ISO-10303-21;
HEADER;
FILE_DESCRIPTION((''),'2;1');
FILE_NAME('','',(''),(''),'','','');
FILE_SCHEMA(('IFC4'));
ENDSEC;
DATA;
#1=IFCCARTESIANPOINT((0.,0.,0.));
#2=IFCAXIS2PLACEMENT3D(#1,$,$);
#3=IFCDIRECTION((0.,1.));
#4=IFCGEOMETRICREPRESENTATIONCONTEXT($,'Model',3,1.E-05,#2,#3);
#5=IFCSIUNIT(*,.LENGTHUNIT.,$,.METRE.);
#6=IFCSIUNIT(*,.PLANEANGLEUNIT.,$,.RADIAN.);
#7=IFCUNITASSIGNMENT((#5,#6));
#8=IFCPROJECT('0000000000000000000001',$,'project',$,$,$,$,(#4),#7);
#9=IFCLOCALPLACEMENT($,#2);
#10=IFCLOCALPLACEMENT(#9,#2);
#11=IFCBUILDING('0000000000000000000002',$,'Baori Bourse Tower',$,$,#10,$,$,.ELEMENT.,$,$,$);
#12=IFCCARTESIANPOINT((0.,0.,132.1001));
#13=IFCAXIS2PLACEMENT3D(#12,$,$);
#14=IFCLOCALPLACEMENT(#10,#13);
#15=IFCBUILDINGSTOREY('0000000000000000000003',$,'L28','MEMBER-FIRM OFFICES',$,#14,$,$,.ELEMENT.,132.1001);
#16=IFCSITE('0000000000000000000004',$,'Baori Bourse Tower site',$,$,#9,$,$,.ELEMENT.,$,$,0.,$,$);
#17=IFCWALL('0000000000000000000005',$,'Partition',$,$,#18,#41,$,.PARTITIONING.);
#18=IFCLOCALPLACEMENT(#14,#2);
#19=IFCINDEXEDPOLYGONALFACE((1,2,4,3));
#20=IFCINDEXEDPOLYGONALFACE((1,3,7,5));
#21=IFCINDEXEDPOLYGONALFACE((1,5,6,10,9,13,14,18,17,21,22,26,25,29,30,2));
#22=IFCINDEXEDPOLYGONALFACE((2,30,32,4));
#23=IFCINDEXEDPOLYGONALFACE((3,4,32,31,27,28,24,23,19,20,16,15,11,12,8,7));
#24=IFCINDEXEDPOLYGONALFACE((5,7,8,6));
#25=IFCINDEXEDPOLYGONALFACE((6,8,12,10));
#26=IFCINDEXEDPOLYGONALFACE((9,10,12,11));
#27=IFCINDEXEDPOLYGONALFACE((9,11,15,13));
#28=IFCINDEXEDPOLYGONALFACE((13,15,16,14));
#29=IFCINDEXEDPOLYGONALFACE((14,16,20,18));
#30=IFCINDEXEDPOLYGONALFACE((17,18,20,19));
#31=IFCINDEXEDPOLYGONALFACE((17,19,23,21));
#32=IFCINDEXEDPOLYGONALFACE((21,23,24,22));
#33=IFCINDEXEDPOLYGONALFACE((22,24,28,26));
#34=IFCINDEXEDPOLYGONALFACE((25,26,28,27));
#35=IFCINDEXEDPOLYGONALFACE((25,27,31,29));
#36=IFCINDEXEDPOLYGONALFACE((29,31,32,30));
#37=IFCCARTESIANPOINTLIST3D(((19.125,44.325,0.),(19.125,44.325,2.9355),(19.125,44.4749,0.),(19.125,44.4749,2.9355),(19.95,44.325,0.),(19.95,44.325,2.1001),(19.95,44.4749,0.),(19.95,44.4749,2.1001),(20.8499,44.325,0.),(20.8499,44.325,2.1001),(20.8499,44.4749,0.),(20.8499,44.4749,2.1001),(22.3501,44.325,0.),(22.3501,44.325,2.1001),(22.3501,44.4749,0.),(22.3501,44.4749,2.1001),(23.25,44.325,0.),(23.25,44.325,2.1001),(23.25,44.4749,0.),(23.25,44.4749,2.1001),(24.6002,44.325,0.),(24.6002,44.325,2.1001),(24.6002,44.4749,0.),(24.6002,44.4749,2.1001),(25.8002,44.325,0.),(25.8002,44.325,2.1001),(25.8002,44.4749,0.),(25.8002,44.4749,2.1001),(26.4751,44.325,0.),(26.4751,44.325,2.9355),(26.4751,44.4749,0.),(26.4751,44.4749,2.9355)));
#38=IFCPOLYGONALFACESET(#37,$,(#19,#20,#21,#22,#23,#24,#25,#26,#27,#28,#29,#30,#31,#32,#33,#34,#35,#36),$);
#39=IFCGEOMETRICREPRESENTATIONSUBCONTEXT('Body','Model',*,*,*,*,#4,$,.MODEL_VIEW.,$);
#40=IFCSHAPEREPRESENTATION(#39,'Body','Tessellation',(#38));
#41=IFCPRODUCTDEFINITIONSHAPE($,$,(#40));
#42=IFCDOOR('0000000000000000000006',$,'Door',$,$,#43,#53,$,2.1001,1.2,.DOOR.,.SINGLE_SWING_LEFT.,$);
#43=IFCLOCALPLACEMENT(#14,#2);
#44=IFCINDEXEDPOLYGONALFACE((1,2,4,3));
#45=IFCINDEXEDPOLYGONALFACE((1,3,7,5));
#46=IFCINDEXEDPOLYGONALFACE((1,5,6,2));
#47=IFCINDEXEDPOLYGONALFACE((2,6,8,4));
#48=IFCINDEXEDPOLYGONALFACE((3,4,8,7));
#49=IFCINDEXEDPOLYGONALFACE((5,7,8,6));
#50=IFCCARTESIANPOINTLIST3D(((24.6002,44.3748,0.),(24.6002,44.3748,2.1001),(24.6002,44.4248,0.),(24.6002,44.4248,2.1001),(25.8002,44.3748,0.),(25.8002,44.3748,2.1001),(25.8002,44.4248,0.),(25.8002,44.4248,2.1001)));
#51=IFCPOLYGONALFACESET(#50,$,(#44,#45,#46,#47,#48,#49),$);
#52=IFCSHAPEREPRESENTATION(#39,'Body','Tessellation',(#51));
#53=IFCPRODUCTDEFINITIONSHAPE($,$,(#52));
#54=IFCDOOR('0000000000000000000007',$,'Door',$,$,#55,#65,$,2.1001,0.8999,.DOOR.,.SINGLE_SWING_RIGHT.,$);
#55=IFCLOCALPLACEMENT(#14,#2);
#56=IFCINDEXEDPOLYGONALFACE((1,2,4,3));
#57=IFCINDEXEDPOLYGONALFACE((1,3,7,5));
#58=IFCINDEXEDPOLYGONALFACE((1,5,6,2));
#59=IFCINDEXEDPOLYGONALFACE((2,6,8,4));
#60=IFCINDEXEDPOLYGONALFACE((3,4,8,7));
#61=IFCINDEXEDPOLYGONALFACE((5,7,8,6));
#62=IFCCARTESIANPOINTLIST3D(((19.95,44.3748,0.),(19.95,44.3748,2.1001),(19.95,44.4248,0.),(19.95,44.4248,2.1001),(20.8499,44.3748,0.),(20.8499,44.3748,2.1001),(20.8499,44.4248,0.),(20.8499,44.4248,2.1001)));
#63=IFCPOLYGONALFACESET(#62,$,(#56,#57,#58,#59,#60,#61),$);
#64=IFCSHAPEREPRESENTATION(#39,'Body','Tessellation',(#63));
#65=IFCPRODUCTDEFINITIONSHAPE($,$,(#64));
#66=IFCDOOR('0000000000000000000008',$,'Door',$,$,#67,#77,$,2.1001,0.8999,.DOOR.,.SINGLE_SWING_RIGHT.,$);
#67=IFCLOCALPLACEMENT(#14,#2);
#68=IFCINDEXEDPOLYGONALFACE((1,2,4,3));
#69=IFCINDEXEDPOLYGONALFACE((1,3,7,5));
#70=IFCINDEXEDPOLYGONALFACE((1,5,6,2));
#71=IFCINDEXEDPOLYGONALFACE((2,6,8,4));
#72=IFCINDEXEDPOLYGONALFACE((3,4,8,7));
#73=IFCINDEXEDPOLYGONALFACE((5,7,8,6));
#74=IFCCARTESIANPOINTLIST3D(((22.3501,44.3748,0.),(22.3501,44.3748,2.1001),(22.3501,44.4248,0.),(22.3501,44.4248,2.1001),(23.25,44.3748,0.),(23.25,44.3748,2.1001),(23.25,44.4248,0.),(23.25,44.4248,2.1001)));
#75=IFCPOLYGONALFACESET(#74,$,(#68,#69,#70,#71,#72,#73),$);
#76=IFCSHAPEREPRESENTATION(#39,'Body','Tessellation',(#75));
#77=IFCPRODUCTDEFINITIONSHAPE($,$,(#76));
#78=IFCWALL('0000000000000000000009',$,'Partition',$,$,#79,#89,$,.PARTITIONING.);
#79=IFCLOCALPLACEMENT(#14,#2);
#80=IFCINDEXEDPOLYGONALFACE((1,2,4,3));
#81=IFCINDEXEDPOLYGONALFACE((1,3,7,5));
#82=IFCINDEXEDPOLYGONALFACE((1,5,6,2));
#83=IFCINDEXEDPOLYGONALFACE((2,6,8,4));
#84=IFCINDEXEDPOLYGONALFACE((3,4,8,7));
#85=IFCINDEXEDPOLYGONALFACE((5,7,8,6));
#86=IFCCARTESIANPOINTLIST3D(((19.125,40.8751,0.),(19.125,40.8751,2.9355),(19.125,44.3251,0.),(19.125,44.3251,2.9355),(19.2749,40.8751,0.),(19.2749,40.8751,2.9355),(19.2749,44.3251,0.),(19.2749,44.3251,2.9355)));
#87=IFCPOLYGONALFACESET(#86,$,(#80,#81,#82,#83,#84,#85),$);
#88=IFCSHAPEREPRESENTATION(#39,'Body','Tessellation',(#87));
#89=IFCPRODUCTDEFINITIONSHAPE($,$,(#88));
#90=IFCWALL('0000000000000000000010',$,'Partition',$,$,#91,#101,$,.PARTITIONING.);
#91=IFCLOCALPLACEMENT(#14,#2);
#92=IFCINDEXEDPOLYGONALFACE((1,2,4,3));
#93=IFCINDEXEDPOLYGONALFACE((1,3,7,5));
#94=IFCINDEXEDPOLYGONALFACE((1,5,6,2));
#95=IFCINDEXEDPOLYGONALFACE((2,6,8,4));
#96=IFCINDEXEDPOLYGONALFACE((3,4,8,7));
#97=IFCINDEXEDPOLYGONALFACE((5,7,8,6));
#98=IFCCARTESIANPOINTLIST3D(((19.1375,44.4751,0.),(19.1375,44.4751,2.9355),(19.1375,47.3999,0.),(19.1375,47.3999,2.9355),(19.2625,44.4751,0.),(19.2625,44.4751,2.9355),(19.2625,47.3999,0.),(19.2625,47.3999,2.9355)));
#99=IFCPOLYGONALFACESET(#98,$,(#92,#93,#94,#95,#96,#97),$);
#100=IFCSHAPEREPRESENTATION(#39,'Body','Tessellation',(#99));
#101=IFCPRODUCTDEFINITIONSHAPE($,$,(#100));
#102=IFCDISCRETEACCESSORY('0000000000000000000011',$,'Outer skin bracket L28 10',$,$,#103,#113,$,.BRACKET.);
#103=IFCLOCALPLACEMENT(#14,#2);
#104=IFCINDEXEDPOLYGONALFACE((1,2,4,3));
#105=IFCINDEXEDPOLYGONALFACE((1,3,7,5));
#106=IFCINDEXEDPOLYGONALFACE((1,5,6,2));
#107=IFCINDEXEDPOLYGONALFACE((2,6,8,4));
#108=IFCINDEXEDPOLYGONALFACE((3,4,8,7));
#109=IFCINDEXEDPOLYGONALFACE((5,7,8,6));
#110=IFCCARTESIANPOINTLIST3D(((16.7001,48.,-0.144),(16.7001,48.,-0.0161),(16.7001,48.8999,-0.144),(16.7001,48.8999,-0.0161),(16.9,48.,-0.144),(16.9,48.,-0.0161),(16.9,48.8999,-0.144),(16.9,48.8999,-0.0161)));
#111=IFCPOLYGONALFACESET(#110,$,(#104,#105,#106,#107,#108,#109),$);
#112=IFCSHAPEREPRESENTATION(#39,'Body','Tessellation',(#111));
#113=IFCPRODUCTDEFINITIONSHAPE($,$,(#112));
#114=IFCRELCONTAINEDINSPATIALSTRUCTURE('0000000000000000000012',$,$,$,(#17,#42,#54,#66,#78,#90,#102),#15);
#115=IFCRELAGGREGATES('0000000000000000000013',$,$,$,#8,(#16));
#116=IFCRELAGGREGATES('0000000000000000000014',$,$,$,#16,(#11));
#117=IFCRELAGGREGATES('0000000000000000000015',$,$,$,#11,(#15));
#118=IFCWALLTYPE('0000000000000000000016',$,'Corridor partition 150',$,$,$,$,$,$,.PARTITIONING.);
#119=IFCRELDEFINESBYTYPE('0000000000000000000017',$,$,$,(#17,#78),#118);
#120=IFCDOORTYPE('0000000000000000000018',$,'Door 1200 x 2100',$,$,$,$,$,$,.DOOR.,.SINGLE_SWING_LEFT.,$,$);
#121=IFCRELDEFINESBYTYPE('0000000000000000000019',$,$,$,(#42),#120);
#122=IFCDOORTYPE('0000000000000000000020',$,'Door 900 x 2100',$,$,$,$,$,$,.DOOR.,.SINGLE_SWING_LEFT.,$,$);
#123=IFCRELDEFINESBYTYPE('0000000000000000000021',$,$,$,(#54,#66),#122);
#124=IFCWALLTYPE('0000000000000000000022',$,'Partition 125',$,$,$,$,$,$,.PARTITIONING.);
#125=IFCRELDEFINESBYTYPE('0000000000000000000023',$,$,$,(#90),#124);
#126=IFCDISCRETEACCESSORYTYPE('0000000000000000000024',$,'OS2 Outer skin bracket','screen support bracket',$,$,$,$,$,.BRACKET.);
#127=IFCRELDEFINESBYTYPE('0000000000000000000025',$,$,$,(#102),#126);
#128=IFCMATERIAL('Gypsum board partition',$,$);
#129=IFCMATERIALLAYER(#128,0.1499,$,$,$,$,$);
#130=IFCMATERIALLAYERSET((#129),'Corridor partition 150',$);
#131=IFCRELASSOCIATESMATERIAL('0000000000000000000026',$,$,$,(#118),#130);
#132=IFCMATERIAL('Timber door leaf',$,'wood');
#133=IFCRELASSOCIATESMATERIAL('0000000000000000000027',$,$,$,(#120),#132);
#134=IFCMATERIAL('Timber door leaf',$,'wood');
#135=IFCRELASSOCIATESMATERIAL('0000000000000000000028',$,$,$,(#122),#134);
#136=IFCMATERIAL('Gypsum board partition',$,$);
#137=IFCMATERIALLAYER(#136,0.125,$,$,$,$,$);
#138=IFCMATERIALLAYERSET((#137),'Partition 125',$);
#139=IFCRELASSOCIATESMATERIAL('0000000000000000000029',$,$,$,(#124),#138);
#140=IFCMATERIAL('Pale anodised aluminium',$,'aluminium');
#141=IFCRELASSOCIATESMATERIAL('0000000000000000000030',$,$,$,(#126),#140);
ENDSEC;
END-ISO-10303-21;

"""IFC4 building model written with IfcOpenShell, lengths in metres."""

from ifc_helpers import new_model, si_unit, direction, frame, frame_2d, origin, origin_2d, place, context, subcontext, project, spatial, rectangle, extrude, material, layer, layer_set, type_object, element, fill, save


model = new_model("IFC4")

# Units and contexts
model_context = context("Model", 3, precision=1e-05, world=origin(), true_north=direction((0.0, 1.0)))
body_context = subcontext(model_context, "Body", "Model", "MODEL_VIEW")
ifc_project = project(units=[si_unit("LENGTHUNIT", "METRE"), si_unit("PLANEANGLEUNIT", "RADIAN")], contexts=[model_context])

# Site, building, storey
site_placement = place(None, origin())
site = spatial("IfcSite", under=ifc_project, at=site_placement, Name="Baori Bourse Tower site", CompositionType="ELEMENT", RefElevation=0.0)
building_placement = place(site_placement, origin())
building = spatial("IfcBuilding", under=site, at=building_placement, Name="Baori Bourse Tower", CompositionType="ELEMENT")
storey_placement = place(building_placement, frame((0.0, 0.0, 132.1001)))
storey = spatial("IfcBuildingStorey", under=building, at=storey_placement, Name="L28", Description="MEMBER-FIRM OFFICES", CompositionType="ELEMENT", Elevation=132.1001)

# Wall, openings, doors
ifc_material_1 = material(Name="Gypsum board partition")
ifc_layer_1 = layer(ifc_material_1, 0.1499)
ifc_layer_set_1 = layer_set([ifc_layer_1], Name="Corridor partition 150")
wall_type_1 = type_object("IfcWallType", Name="Corridor partition 150", PredefinedType="PARTITIONING", material=ifc_layer_set_1)
wall_1_placement = place(storey_placement, frame((19.125, 44.3999, 0.0), z_axis=(0.0, 0.0, 1.0), x_axis=(1.0, 0.0, 0.0)))
wall_1 = element("IfcWall", 1, at=wall_1_placement, inside=storey, type_object=wall_type_1, Name="Partition", PredefinedType="PARTITIONING", context=body_context, shape_type="SweptSolid", body=[
    extrude(rectangle(XDim=7.3501, YDim=0.1499, at=frame_2d((3.675, 0.0))), origin(), (0.0, 0.0, 1.0), 2.9355),
])
opening_1_placement = place(wall_1_placement, frame((0.825, 0.0, 0.0)))
opening_1 = element("IfcOpeningElement", 2, at=opening_1_placement, cuts=wall_1, PredefinedType="OPENING", context=body_context, shape_type="SweptSolid", body=[
    extrude(rectangle(XDim=0.8999, YDim=2.1001, at=frame_2d((0.45, 1.05))), frame((0.0, 0.085, 0.0), z_axis=(0.0, -1.0, 0.0), x_axis=(1.0, 0.0, 0.0)), (0.0, 0.0, 1.0), 0.1699),
])
opening_2_placement = place(wall_1_placement, frame((3.2251, 0.0, 0.0)))
opening_2 = element("IfcOpeningElement", 3, at=opening_2_placement, cuts=wall_1, PredefinedType="OPENING", context=body_context, shape_type="SweptSolid", body=[
    extrude(rectangle(XDim=0.8999, YDim=2.1001, at=frame_2d((0.45, 1.05))), frame((0.0, 0.085, 0.0), z_axis=(0.0, -1.0, 0.0), x_axis=(1.0, 0.0, 0.0)), (0.0, 0.0, 1.0), 0.1699),
])
opening_3_placement = place(wall_1_placement, frame((5.4751, 0.0, 0.0)))
opening_3 = element("IfcOpeningElement", 4, at=opening_3_placement, cuts=wall_1, PredefinedType="OPENING", context=body_context, shape_type="SweptSolid", body=[
    extrude(rectangle(XDim=1.2, YDim=2.1001, at=frame_2d((0.6001, 1.05))), frame((0.0, 0.085, 0.0), z_axis=(0.0, -1.0, 0.0), x_axis=(1.0, 0.0, 0.0)), (0.0, 0.0, 1.0), 0.1699),
])
ifc_material_2 = material(Name="Timber door leaf", Category="wood")
door_type_1 = type_object("IfcDoorType", Name="Door 1200 x 2100", OperationType="SINGLE_SWING_LEFT", PredefinedType="DOOR", material=ifc_material_2)
door_1_placement = place(opening_3_placement, origin())
door_1 = element("IfcDoor", 5, at=door_1_placement, inside=storey, type_object=door_type_1, Name="Door", OperationType="SINGLE_SWING_LEFT", OverallHeight=2.1001, OverallWidth=1.2, PredefinedType="DOOR", context=body_context, shape_type="SweptSolid", body=[
    extrude(rectangle(XDim=1.2, YDim=2.1001, at=frame_2d((0.6001, 1.05))), frame((0.0, 0.0249, 0.0), z_axis=(0.0, -1.0, 0.0), x_axis=(1.0, 0.0, 0.0)), (0.0, 0.0, 1.0), 0.05),
])
fill(opening_3, door_1)
ifc_material_3 = material(Name="Timber door leaf", Category="wood")
door_type_2 = type_object("IfcDoorType", Name="Door 900 x 2100", OperationType="SINGLE_SWING_LEFT", PredefinedType="DOOR", material=ifc_material_3)
door_2_placement = place(opening_1_placement, origin())
door_2 = element("IfcDoor", 6, at=door_2_placement, inside=storey, type_object=door_type_2, Name="Door", OperationType="SINGLE_SWING_RIGHT", OverallHeight=2.1001, OverallWidth=0.8999, PredefinedType="DOOR", context=body_context, shape_type="SweptSolid", body=[
    extrude(rectangle(XDim=0.8999, YDim=2.1001, at=frame_2d((0.45, 1.05))), frame((0.0, 0.0249, 0.0), z_axis=(0.0, -1.0, 0.0), x_axis=(1.0, 0.0, 0.0)), (0.0, 0.0, 1.0), 0.05),
])
fill(opening_1, door_2)
door_3_placement = place(opening_2_placement, origin())
door_3 = element("IfcDoor", 7, at=door_3_placement, inside=storey, type_object=door_type_2, Name="Door", OperationType="SINGLE_SWING_RIGHT", OverallHeight=2.1001, OverallWidth=0.8999, PredefinedType="DOOR", context=body_context, shape_type="SweptSolid", body=[
    extrude(rectangle(XDim=0.8999, YDim=2.1001, at=frame_2d((0.45, 1.05))), frame((0.0, 0.0249, 0.0), z_axis=(0.0, -1.0, 0.0), x_axis=(1.0, 0.0, 0.0)), (0.0, 0.0, 1.0), 0.05),
])
fill(opening_2, door_3)

# Walls
wall_2_placement = place(storey_placement, frame((19.2, 40.875, 0.0), z_axis=(0.0, 0.0, 1.0), x_axis=(0.0, 1.0, 0.0)))
element("IfcWall", 8, at=wall_2_placement, inside=storey, type_object=wall_type_1, Name="Partition", PredefinedType="PARTITIONING", context=body_context, shape_type="SweptSolid", body=[
    extrude(rectangle(XDim=3.45, YDim=0.1499, at=frame_2d((1.7251, 0.0))), origin(), (0.0, 0.0, 1.0), 2.9355),
])
ifc_material_4 = material(Name="Gypsum board partition")
ifc_layer_2 = layer(ifc_material_4, 0.125)
ifc_layer_set_2 = layer_set([ifc_layer_2], Name="Partition 125")
wall_type_2 = type_object("IfcWallType", Name="Partition 125", PredefinedType="PARTITIONING", material=ifc_layer_set_2)
wall_3_placement = place(storey_placement, frame((19.2, 44.4751, 0.0), z_axis=(0.0, 0.0, 1.0), x_axis=(0.0, 1.0, 0.0)))
element("IfcWall", 9, at=wall_3_placement, inside=storey, type_object=wall_type_2, Name="Partition", PredefinedType="PARTITIONING", context=body_context, shape_type="SweptSolid", body=[
    extrude(rectangle(XDim=2.9248, YDim=0.125, at=frame_2d((1.4624, 0.0))), origin(), (0.0, 0.0, 1.0), 2.9355),
])

# Discrete accessory
ifc_material_5 = material(Name="Pale anodised aluminium", Category="aluminium")
discrete_accessory_type = type_object("IfcDiscreteAccessoryType", Name="OS2 Outer skin bracket", Description="screen support bracket", PredefinedType="BRACKET", material=ifc_material_5)
discrete_accessory_placement = place(storey_placement, frame((16.8, 48.45, -0.144), z_axis=(0.0, 0.0, 1.0), x_axis=(-1.0, 0.0, 0.0)))
element("IfcDiscreteAccessory", 10, at=discrete_accessory_placement, inside=storey, type_object=discrete_accessory_type, Name="Outer skin bracket L28 10", PredefinedType="BRACKET", context=body_context, shape_type="SweptSolid", body=[
    extrude(rectangle(XDim=0.2, YDim=0.8999, at=origin_2d()), origin(), (0.0, 0.0, 1.0), 0.1279),
])

save(model, "model.ifc")
